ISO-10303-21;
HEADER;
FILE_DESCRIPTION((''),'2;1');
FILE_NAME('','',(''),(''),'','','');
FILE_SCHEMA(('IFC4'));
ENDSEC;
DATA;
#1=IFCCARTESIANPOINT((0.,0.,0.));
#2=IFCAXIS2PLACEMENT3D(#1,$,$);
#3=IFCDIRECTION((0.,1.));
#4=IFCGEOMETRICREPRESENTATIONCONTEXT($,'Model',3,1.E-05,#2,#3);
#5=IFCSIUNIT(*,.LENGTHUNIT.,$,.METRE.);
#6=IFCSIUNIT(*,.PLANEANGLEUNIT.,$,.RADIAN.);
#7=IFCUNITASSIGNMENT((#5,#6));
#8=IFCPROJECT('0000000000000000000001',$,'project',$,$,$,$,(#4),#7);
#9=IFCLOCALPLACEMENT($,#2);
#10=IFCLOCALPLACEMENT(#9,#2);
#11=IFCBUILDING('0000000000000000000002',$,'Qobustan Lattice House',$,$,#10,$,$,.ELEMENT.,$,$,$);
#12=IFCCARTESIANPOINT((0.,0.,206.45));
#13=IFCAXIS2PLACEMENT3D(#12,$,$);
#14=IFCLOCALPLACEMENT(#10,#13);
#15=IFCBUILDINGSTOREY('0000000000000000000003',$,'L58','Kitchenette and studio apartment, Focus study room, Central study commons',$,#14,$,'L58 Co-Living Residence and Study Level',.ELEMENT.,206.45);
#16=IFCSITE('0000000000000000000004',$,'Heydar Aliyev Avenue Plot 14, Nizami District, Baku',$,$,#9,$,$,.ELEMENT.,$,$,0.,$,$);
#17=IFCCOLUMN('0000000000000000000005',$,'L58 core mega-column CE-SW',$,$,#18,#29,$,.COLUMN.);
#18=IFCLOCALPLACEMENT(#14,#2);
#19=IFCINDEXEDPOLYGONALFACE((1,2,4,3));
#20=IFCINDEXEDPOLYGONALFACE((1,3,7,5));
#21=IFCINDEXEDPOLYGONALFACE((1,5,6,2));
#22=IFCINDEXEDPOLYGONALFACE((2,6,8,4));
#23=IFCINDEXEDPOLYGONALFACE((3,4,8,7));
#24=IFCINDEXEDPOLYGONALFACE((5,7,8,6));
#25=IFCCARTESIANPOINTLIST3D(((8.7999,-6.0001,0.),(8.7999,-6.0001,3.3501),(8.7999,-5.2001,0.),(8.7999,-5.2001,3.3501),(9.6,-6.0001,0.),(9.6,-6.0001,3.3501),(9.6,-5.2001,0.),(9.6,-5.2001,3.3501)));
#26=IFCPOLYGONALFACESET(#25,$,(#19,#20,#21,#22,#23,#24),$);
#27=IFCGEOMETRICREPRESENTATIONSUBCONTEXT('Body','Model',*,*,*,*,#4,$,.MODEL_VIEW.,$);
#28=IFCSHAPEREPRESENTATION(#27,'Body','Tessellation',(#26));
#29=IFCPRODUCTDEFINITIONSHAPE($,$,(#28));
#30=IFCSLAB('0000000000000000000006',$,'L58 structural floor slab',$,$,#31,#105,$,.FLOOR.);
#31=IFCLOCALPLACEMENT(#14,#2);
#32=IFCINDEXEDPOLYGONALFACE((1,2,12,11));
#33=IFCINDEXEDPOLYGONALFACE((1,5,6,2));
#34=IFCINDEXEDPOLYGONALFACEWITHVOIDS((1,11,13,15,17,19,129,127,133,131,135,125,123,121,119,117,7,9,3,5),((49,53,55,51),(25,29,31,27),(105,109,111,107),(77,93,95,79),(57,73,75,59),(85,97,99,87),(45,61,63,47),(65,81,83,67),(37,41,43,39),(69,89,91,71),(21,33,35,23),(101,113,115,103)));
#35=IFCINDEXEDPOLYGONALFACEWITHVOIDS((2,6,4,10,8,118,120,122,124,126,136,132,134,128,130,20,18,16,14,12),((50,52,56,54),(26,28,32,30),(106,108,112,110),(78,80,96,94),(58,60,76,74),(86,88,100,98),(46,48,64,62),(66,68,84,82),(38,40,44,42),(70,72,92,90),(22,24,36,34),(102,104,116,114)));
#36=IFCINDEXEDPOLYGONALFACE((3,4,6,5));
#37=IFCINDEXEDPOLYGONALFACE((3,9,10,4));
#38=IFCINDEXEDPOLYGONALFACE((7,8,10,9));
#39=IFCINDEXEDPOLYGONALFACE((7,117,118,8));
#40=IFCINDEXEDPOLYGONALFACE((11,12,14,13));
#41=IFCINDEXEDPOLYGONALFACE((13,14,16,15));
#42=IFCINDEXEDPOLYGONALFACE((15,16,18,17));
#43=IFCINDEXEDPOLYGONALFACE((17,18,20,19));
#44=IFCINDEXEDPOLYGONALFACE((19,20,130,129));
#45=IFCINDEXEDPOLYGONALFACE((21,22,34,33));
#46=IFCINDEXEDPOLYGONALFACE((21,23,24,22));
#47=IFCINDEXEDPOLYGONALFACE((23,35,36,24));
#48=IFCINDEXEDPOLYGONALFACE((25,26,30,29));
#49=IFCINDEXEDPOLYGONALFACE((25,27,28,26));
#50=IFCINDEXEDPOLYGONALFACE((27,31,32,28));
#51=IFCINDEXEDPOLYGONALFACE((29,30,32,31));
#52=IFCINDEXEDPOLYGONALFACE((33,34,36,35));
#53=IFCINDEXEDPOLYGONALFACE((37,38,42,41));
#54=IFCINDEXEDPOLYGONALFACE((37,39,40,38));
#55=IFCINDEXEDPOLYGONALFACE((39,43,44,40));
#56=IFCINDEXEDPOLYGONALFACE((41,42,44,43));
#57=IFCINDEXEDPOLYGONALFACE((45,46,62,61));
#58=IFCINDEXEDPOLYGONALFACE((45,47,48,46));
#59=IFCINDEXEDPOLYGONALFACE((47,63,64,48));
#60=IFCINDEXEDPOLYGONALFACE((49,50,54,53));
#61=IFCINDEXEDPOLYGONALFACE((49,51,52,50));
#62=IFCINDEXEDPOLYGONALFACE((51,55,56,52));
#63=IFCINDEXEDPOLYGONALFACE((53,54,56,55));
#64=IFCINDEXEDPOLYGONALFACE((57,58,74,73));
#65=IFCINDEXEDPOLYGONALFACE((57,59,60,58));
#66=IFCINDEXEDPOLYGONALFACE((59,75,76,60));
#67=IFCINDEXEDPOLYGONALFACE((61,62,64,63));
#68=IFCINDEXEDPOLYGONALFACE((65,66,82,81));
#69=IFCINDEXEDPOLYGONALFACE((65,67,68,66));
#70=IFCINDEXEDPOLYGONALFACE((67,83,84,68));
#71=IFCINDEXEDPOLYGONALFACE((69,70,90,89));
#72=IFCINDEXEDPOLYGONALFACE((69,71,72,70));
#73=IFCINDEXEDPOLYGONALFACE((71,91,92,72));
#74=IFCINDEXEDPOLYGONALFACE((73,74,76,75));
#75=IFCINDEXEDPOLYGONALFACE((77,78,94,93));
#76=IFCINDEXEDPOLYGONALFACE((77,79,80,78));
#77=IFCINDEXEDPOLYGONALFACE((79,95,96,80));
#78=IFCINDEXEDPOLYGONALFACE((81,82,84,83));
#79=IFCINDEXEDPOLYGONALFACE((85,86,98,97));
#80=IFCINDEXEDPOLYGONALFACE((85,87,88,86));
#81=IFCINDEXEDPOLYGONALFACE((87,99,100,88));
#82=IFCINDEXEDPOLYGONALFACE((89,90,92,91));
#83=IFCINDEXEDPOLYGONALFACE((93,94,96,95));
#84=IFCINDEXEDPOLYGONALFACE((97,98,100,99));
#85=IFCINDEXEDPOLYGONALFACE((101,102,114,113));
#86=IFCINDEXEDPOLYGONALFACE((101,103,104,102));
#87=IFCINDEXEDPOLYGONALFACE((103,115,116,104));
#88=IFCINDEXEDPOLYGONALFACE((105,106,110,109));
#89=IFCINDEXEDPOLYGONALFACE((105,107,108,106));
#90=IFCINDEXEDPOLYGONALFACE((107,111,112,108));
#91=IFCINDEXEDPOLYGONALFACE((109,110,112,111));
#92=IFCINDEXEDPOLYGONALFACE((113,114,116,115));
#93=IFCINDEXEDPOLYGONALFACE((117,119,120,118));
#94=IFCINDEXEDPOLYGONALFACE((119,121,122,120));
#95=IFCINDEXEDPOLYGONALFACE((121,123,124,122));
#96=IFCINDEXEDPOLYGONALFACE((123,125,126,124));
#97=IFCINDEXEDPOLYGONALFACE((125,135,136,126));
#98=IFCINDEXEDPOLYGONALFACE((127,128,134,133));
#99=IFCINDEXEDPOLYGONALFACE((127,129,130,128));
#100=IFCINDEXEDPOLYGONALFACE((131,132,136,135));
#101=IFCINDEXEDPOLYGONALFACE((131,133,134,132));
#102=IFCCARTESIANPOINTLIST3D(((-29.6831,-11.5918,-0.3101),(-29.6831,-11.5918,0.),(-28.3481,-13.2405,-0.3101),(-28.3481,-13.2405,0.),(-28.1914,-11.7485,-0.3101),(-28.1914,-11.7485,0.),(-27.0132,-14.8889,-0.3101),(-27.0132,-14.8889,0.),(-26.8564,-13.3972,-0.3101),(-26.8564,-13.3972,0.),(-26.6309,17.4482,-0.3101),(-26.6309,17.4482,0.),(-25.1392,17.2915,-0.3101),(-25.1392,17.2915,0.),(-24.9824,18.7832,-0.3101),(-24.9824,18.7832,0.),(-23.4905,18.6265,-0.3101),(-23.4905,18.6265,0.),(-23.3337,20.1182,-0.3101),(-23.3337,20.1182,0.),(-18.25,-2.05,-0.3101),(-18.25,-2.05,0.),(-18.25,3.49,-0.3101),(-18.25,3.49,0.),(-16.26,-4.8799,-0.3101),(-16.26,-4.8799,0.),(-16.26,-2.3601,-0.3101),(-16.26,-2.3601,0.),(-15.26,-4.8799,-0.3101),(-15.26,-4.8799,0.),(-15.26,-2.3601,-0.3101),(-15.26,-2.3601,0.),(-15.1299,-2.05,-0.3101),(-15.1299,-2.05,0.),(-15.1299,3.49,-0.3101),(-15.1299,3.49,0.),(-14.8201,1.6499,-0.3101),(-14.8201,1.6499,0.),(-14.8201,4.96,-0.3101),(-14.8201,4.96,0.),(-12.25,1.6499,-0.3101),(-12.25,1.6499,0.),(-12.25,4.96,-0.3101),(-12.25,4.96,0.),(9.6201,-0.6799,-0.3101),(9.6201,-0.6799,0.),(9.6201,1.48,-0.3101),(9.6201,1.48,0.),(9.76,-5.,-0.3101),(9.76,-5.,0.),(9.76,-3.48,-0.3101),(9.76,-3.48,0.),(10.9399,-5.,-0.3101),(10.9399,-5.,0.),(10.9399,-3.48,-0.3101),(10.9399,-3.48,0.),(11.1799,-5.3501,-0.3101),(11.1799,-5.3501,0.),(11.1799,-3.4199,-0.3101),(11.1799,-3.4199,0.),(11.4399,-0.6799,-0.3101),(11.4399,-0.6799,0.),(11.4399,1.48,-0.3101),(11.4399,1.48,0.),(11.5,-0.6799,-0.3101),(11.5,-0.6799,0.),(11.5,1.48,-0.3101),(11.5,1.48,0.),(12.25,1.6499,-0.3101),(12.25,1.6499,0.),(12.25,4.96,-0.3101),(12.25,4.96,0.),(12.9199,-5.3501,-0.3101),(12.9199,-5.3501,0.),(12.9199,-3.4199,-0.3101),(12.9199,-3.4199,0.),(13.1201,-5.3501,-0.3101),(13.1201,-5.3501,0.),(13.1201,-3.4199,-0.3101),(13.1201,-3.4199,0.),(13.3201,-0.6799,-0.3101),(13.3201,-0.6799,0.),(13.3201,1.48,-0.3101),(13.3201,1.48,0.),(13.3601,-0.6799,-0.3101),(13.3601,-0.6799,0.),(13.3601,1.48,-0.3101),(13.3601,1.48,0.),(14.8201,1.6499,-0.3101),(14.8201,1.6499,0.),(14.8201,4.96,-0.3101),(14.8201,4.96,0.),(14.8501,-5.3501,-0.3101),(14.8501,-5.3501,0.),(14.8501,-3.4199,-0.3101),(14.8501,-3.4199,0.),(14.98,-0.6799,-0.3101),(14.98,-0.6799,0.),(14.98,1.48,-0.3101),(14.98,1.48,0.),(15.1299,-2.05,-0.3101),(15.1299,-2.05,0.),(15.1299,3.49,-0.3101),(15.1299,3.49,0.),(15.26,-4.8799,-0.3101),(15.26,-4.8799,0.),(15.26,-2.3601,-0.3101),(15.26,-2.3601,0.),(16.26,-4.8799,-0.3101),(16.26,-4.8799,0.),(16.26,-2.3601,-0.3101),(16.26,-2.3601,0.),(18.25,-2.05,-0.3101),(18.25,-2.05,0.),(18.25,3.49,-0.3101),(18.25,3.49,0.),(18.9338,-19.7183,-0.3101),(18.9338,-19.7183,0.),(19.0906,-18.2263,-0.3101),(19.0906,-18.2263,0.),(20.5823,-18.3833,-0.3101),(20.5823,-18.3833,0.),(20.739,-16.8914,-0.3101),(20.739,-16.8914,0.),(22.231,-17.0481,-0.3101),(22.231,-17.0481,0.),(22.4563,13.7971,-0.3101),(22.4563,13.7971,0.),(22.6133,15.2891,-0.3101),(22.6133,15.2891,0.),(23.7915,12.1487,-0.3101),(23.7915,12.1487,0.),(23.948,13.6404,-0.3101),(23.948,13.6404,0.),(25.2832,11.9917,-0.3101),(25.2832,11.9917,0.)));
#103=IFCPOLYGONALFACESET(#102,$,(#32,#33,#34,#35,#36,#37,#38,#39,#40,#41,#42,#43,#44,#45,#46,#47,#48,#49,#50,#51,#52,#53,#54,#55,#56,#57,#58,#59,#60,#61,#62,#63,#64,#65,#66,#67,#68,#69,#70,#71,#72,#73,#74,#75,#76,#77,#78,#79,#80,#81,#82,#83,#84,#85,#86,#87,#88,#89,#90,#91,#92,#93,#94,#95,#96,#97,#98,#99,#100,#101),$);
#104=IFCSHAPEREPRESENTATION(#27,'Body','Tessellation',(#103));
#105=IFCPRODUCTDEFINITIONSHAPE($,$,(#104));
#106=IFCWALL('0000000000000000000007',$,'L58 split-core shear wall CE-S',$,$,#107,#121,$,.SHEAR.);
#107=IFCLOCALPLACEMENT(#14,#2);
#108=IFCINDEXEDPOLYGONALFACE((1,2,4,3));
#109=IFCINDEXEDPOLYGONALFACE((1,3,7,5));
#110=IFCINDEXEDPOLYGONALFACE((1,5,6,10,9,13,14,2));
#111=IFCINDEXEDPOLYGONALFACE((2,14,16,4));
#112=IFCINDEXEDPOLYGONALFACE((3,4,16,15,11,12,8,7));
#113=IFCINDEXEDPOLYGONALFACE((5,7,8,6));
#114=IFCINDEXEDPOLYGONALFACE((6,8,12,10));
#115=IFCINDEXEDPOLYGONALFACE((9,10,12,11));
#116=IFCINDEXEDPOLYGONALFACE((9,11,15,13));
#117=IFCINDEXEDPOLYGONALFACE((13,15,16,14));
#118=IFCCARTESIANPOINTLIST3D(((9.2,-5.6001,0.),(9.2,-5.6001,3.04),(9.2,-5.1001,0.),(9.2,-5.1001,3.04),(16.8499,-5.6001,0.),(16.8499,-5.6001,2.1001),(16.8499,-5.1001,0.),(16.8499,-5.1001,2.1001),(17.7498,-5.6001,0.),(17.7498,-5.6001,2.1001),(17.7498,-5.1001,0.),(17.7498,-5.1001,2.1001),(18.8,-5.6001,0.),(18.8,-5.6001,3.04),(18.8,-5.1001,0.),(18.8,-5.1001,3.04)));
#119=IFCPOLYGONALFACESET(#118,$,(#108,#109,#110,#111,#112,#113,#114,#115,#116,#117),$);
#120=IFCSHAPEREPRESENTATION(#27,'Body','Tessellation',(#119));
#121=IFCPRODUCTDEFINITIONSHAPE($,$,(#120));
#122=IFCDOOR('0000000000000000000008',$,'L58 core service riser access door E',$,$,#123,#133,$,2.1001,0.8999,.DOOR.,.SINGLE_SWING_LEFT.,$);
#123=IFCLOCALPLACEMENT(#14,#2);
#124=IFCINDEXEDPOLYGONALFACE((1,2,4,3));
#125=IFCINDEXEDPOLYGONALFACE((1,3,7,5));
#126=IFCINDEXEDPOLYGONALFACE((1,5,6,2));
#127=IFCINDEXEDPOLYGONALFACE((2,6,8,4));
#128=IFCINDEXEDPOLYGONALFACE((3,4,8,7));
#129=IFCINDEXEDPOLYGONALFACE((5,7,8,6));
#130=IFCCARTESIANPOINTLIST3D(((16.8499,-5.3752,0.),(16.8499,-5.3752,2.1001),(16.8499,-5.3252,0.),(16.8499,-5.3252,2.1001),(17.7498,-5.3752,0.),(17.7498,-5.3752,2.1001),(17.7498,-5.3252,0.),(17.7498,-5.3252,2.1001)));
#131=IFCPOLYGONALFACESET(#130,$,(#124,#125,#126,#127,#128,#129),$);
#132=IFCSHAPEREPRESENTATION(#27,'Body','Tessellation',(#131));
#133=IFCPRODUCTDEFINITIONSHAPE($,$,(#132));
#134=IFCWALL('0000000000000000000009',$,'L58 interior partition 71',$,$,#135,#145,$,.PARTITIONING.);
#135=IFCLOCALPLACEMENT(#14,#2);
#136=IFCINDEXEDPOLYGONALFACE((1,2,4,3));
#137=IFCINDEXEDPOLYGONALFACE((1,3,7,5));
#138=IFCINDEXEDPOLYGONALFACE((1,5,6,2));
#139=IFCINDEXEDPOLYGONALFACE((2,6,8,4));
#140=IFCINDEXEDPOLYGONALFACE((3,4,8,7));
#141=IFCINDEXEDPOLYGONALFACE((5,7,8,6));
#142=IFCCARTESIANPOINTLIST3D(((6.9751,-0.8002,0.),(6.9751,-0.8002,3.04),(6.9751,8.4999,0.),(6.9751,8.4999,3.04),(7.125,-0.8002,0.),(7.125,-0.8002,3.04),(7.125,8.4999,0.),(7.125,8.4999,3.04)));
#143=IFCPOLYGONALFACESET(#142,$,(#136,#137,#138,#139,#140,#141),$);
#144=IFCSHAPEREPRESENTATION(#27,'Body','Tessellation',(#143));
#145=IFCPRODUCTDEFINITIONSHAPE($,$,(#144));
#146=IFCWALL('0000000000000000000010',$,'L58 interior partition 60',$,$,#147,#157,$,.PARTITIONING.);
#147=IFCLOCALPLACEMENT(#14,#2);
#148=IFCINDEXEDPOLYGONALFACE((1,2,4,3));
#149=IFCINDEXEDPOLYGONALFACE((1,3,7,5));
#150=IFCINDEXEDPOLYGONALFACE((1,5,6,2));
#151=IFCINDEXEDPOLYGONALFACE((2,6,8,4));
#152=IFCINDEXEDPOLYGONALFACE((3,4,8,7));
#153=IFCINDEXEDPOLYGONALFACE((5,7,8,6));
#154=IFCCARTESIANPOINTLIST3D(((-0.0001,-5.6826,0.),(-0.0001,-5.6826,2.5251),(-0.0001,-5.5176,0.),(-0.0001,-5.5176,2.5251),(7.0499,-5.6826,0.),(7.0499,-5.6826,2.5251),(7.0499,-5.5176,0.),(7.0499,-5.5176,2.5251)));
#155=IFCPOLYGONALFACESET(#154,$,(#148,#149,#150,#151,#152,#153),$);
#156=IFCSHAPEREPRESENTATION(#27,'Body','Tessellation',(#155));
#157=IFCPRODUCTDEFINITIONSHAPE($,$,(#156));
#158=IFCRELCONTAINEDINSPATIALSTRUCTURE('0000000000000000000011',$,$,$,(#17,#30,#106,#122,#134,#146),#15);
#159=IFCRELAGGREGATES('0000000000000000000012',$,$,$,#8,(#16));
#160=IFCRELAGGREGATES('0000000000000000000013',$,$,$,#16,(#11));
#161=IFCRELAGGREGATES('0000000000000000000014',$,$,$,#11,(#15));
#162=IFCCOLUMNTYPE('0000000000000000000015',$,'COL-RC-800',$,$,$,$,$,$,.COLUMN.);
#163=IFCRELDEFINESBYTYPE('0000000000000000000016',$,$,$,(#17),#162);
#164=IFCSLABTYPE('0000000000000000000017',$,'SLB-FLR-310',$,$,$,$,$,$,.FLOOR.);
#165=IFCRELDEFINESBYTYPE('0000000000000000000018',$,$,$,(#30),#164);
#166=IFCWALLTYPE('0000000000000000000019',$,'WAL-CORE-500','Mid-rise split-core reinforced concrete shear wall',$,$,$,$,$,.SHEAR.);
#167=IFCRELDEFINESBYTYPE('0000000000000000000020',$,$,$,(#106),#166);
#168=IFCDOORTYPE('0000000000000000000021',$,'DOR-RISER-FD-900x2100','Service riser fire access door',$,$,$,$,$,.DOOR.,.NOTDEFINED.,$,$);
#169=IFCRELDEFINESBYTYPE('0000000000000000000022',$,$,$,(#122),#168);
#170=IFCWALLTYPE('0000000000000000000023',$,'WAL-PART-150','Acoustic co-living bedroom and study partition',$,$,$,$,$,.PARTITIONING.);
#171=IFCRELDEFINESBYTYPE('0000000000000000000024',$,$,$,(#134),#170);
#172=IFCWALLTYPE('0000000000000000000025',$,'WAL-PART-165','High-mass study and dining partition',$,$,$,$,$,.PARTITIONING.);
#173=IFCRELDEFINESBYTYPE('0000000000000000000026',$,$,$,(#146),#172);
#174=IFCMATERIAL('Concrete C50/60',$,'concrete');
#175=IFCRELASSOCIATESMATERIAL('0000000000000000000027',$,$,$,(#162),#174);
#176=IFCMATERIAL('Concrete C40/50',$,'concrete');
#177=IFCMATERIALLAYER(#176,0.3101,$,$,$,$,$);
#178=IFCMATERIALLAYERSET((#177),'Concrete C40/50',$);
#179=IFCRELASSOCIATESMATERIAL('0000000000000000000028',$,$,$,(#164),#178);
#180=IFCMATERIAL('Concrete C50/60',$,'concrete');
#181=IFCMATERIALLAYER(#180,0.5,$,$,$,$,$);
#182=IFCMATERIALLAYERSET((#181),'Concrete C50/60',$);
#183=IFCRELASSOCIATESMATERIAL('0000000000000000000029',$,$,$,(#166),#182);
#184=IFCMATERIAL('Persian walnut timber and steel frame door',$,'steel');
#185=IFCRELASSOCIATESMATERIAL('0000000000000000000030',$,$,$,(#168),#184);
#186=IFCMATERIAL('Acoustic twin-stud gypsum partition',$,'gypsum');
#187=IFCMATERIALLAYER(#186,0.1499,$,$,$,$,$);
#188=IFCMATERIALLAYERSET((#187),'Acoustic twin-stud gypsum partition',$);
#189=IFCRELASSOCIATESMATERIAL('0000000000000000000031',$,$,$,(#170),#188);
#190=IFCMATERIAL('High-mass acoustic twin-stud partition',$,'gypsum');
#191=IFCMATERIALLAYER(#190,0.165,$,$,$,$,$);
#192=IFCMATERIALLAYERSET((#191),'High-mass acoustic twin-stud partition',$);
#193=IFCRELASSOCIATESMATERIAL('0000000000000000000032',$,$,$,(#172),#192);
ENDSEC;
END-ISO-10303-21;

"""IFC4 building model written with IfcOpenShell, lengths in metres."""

from ifc_helpers import new_model, si_unit, direction, frame, frame_2d, origin, origin_2d, place, context, subcontext, project, spatial, polyline, rectangle, outline, extrude, material, layer, layer_set, material_profile, profile_set, type_object, element, fill, save


model = new_model("IFC4")

# Units and contexts
model_context = context("Model", 3, precision=1e-05, world=origin(), true_north=direction((0.0, 1.0)))
body_context = subcontext(model_context, "Body", "Model", "MODEL_VIEW")
ifc_project = project(units=[si_unit("LENGTHUNIT", "METRE"), si_unit("PLANEANGLEUNIT", "RADIAN")], contexts=[model_context])

# Site, building, storey
site_placement = place(None, origin())
site = spatial("IfcSite", under=ifc_project, at=site_placement, Name="Heydar Aliyev Avenue Plot 14, Nizami District, Baku", CompositionType="ELEMENT", RefElevation=0.0)
building_placement = place(site_placement, origin())
building = spatial("IfcBuilding", under=site, at=building_placement, Name="Qobustan Lattice House", CompositionType="ELEMENT")
storey_placement = place(building_placement, frame((0.0, 0.0, 206.45)))
storey = spatial("IfcBuildingStorey", under=building, at=storey_placement, Name="L58", Description="Kitchenette and studio apartment, Focus study room, Central study commons", LongName="L58 Co-Living Residence and Study Level", CompositionType="ELEMENT", Elevation=206.45)

# Column
ifc_material_1 = material(Name="Concrete C50/60", Category="concrete")
ifc_material_profile = material_profile(ifc_material_1, rectangle(XDim=0.8, YDim=0.8, at=origin_2d()), Name="RC800x800")
ifc_profile_set = profile_set([ifc_material_profile], Name="Concrete C50/60")
column_type = type_object("IfcColumnType", Name="COL-RC-800", PredefinedType="COLUMN", material=ifc_profile_set)
column_placement = place(storey_placement, frame((9.2, -5.6001, 0.0), z_axis=(0.0, 0.0, 1.0), x_axis=(1.0, 0.0, 0.0)))
element("IfcColumn", 1, at=column_placement, inside=storey, type_object=column_type, Name="L58 core mega-column CE-SW", PredefinedType="COLUMN", context=body_context, shape_type="SweptSolid", body=[
    extrude(rectangle(XDim=0.8, YDim=0.8, at=origin_2d()), origin(), (0.0, 0.0, 1.0), 3.3501),
])

# Slab
ifc_material_2 = material(Name="Concrete C40/50", Category="concrete")
ifc_layer_1 = layer(ifc_material_2, 0.3101)
ifc_layer_set_1 = layer_set([ifc_layer_1], Name="Concrete C40/50")
slab_type = type_object("IfcSlabType", Name="SLB-FLR-310", PredefinedType="FLOOR", material=ifc_layer_set_1)
slab_placement = place(storey_placement, frame((0.0, 0.0, -0.3101)))
element("IfcSlab", 2, at=slab_placement, inside=storey, type_object=slab_type, Name="L58 structural floor slab", PredefinedType="FLOOR", context=body_context, shape_type="SweptSolid", body=[
    extrude(outline(polyline([(-27.0132, -14.8889), (18.9338, -19.7183), (19.0906, -18.2263), (20.5823, -18.3833), (20.739, -16.8914), (22.231, -17.0481), (25.2832, 11.9917), (23.7915, 12.1487), (23.948, 13.6404), (22.4563, 13.7971), (22.6133, 15.2891), (-23.3337, 20.1182), (-23.4905, 18.6265), (-24.9824, 18.7832), (-25.1392, 17.2915), (-26.6309, 17.4482), (-29.6831, -11.5918), (-28.1914, -11.7485), (-28.3481, -13.2405), (-26.8564, -13.3972), (-27.0132, -14.8889)]), holes=[polyline([(-18.25, -2.05), (-18.25, 3.49), (-15.1299, 3.49), (-15.1299, -2.05), (-18.25, -2.05)]), polyline([(15.1299, -2.05), (15.1299, 3.49), (18.25, 3.49), (18.25, -2.05), (15.1299, -2.05)]), polyline([(-14.8201, 1.6499), (-14.8201, 4.96), (-12.25, 4.96), (-12.25, 1.6499), (-14.8201, 1.6499)]), polyline([(12.25, 1.6499), (12.25, 4.96), (14.8201, 4.96), (14.8201, 1.6499), (12.25, 1.6499)]), polyline([(-16.26, -4.8799), (-16.26, -2.3601), (-15.26, -2.3601), (-15.26, -4.8799), (-16.26, -4.8799)]), polyline([(15.26, -4.8799), (15.26, -2.3601), (16.26, -2.3601), (16.26, -4.8799), (15.26, -4.8799)]), polyline([(11.1799, -5.3501), (11.1799, -3.4199), (12.9199, -3.4199), (12.9199, -5.3501), (11.1799, -5.3501)]), polyline([(13.1201, -5.3501), (13.1201, -3.4199), (14.8501, -3.4199), (14.8501, -5.3501), (13.1201, -5.3501)]), polyline([(9.76, -5.0), (9.76, -3.48), (10.9399, -3.48), (10.9399, -5.0), (9.76, -5.0)]), polyline([(13.3601, -0.6799), (13.3601, 1.48), (14.98, 1.48), (14.98, -0.6799), (13.3601, -0.6799)]), polyline([(9.6201, -0.6799), (9.6201, 1.48), (11.4399, 1.48), (11.4399, -0.6799), (9.6201, -0.6799)]), polyline([(11.5, -0.6799), (11.5, 1.48), (13.3201, 1.48), (13.3201, -0.6799), (11.5, -0.6799)])]), origin(), (0.0, 0.0, 1.0), 0.3101),
])

# Wall, opening, door
ifc_material_3 = material(Name="Concrete C50/60", Category="concrete")
ifc_layer_2 = layer(ifc_material_3, 0.5)
ifc_layer_set_2 = layer_set([ifc_layer_2], Name="Concrete C50/60")
wall_type_1 = type_object("IfcWallType", Name="WAL-CORE-500", Description="Mid-rise split-core reinforced concrete shear wall", PredefinedType="SHEAR", material=ifc_layer_set_2)
wall_1_placement = place(storey_placement, frame((9.2, -5.3501, 0.0), z_axis=(0.0, 0.0, 1.0), x_axis=(1.0, 0.0, 0.0)))
wall_1 = element("IfcWall", 3, at=wall_1_placement, inside=storey, type_object=wall_type_1, Name="L58 split-core shear wall CE-S", PredefinedType="SHEAR", context=body_context, shape_type="SweptSolid", body=[
    extrude(rectangle(XDim=9.6001, YDim=0.5, at=frame_2d((4.8, 0.0))), origin(), (0.0, 0.0, 1.0), 3.04),
])
opening_1_placement = place(wall_1_placement, frame((7.6499, 0.0, 0.0)))
opening_1 = element("IfcOpeningElement", 4, at=opening_1_placement, cuts=wall_1, PredefinedType="OPENING", context=body_context, shape_type="SweptSolid", body=[
    extrude(rectangle(XDim=0.8999, YDim=2.1001, at=frame_2d((0.45, 1.05))), frame((0.0, 0.26, 0.0), z_axis=(0.0, -1.0, 0.0), x_axis=(1.0, 0.0, 0.0)), (0.0, 0.0, 1.0), 0.52),
])
ifc_material_4 = material(Name="Persian walnut timber and steel frame door", Category="steel")
door_type_1 = type_object("IfcDoorType", Name="DOR-RISER-FD-900x2100", Description="Service riser fire access door", OperationType="NOTDEFINED", PredefinedType="DOOR", material=ifc_material_4)
door_1_placement = place(opening_1_placement, origin())
door_1 = element("IfcDoor", 5, at=door_1_placement, inside=storey, type_object=door_type_1, Name="L58 core service riser access door E", OperationType="SINGLE_SWING_LEFT", OverallHeight=2.1001, OverallWidth=0.8999, PredefinedType="DOOR", context=body_context, shape_type="SweptSolid", body=[
    extrude(rectangle(XDim=0.8999, YDim=2.1001, at=frame_2d((0.45, 1.05))), frame((0.0, 0.0249, 0.0), z_axis=(0.0, -1.0, 0.0), x_axis=(1.0, 0.0, 0.0)), (0.0, 0.0, 1.0), 0.05),
])
fill(opening_1, door_1)

# Walls
ifc_material_5 = material(Name="Acoustic twin-stud gypsum partition", Category="gypsum")
ifc_layer_3 = layer(ifc_material_5, 0.1499)
ifc_layer_set_3 = layer_set([ifc_layer_3], Name="Acoustic twin-stud gypsum partition")
wall_type_2 = type_object("IfcWallType", Name="WAL-PART-150", Description="Acoustic co-living bedroom and study partition", PredefinedType="PARTITIONING", material=ifc_layer_set_3)
wall_2_placement = place(storey_placement, frame((7.05, -0.8, 0.0), z_axis=(0.0, 0.0, 1.0), x_axis=(0.0, 1.0, 0.0)))
element("IfcWall", 6, at=wall_2_placement, inside=storey, type_object=wall_type_2, Name="L58 interior partition 71", PredefinedType="PARTITIONING", context=body_context, shape_type="SweptSolid", body=[
    extrude(rectangle(XDim=9.3, YDim=0.1499, at=frame_2d((4.6499, 0.0))), origin(), (0.0, 0.0, 1.0), 3.04),
])
ifc_material_6 = material(Name="High-mass acoustic twin-stud partition", Category="gypsum")
ifc_layer_4 = layer(ifc_material_6, 0.165)
ifc_layer_set_4 = layer_set([ifc_layer_4], Name="High-mass acoustic twin-stud partition")
wall_type_3 = type_object("IfcWallType", Name="WAL-PART-165", Description="High-mass study and dining partition", PredefinedType="PARTITIONING", material=ifc_layer_set_4)
wall_3_placement = place(storey_placement, frame((0.0, -5.6001, 0.0), z_axis=(0.0, 0.0, 1.0), x_axis=(1.0, 0.0, 0.0)))
element("IfcWall", 7, at=wall_3_placement, inside=storey, type_object=wall_type_3, Name="L58 interior partition 60", PredefinedType="PARTITIONING", context=body_context, shape_type="SweptSolid", body=[
    extrude(rectangle(XDim=7.05, YDim=0.165, at=frame_2d((3.5249, 0.0))), origin(), (0.0, 0.0, 1.0), 2.5251),
])

save(model, "model.ifc")
